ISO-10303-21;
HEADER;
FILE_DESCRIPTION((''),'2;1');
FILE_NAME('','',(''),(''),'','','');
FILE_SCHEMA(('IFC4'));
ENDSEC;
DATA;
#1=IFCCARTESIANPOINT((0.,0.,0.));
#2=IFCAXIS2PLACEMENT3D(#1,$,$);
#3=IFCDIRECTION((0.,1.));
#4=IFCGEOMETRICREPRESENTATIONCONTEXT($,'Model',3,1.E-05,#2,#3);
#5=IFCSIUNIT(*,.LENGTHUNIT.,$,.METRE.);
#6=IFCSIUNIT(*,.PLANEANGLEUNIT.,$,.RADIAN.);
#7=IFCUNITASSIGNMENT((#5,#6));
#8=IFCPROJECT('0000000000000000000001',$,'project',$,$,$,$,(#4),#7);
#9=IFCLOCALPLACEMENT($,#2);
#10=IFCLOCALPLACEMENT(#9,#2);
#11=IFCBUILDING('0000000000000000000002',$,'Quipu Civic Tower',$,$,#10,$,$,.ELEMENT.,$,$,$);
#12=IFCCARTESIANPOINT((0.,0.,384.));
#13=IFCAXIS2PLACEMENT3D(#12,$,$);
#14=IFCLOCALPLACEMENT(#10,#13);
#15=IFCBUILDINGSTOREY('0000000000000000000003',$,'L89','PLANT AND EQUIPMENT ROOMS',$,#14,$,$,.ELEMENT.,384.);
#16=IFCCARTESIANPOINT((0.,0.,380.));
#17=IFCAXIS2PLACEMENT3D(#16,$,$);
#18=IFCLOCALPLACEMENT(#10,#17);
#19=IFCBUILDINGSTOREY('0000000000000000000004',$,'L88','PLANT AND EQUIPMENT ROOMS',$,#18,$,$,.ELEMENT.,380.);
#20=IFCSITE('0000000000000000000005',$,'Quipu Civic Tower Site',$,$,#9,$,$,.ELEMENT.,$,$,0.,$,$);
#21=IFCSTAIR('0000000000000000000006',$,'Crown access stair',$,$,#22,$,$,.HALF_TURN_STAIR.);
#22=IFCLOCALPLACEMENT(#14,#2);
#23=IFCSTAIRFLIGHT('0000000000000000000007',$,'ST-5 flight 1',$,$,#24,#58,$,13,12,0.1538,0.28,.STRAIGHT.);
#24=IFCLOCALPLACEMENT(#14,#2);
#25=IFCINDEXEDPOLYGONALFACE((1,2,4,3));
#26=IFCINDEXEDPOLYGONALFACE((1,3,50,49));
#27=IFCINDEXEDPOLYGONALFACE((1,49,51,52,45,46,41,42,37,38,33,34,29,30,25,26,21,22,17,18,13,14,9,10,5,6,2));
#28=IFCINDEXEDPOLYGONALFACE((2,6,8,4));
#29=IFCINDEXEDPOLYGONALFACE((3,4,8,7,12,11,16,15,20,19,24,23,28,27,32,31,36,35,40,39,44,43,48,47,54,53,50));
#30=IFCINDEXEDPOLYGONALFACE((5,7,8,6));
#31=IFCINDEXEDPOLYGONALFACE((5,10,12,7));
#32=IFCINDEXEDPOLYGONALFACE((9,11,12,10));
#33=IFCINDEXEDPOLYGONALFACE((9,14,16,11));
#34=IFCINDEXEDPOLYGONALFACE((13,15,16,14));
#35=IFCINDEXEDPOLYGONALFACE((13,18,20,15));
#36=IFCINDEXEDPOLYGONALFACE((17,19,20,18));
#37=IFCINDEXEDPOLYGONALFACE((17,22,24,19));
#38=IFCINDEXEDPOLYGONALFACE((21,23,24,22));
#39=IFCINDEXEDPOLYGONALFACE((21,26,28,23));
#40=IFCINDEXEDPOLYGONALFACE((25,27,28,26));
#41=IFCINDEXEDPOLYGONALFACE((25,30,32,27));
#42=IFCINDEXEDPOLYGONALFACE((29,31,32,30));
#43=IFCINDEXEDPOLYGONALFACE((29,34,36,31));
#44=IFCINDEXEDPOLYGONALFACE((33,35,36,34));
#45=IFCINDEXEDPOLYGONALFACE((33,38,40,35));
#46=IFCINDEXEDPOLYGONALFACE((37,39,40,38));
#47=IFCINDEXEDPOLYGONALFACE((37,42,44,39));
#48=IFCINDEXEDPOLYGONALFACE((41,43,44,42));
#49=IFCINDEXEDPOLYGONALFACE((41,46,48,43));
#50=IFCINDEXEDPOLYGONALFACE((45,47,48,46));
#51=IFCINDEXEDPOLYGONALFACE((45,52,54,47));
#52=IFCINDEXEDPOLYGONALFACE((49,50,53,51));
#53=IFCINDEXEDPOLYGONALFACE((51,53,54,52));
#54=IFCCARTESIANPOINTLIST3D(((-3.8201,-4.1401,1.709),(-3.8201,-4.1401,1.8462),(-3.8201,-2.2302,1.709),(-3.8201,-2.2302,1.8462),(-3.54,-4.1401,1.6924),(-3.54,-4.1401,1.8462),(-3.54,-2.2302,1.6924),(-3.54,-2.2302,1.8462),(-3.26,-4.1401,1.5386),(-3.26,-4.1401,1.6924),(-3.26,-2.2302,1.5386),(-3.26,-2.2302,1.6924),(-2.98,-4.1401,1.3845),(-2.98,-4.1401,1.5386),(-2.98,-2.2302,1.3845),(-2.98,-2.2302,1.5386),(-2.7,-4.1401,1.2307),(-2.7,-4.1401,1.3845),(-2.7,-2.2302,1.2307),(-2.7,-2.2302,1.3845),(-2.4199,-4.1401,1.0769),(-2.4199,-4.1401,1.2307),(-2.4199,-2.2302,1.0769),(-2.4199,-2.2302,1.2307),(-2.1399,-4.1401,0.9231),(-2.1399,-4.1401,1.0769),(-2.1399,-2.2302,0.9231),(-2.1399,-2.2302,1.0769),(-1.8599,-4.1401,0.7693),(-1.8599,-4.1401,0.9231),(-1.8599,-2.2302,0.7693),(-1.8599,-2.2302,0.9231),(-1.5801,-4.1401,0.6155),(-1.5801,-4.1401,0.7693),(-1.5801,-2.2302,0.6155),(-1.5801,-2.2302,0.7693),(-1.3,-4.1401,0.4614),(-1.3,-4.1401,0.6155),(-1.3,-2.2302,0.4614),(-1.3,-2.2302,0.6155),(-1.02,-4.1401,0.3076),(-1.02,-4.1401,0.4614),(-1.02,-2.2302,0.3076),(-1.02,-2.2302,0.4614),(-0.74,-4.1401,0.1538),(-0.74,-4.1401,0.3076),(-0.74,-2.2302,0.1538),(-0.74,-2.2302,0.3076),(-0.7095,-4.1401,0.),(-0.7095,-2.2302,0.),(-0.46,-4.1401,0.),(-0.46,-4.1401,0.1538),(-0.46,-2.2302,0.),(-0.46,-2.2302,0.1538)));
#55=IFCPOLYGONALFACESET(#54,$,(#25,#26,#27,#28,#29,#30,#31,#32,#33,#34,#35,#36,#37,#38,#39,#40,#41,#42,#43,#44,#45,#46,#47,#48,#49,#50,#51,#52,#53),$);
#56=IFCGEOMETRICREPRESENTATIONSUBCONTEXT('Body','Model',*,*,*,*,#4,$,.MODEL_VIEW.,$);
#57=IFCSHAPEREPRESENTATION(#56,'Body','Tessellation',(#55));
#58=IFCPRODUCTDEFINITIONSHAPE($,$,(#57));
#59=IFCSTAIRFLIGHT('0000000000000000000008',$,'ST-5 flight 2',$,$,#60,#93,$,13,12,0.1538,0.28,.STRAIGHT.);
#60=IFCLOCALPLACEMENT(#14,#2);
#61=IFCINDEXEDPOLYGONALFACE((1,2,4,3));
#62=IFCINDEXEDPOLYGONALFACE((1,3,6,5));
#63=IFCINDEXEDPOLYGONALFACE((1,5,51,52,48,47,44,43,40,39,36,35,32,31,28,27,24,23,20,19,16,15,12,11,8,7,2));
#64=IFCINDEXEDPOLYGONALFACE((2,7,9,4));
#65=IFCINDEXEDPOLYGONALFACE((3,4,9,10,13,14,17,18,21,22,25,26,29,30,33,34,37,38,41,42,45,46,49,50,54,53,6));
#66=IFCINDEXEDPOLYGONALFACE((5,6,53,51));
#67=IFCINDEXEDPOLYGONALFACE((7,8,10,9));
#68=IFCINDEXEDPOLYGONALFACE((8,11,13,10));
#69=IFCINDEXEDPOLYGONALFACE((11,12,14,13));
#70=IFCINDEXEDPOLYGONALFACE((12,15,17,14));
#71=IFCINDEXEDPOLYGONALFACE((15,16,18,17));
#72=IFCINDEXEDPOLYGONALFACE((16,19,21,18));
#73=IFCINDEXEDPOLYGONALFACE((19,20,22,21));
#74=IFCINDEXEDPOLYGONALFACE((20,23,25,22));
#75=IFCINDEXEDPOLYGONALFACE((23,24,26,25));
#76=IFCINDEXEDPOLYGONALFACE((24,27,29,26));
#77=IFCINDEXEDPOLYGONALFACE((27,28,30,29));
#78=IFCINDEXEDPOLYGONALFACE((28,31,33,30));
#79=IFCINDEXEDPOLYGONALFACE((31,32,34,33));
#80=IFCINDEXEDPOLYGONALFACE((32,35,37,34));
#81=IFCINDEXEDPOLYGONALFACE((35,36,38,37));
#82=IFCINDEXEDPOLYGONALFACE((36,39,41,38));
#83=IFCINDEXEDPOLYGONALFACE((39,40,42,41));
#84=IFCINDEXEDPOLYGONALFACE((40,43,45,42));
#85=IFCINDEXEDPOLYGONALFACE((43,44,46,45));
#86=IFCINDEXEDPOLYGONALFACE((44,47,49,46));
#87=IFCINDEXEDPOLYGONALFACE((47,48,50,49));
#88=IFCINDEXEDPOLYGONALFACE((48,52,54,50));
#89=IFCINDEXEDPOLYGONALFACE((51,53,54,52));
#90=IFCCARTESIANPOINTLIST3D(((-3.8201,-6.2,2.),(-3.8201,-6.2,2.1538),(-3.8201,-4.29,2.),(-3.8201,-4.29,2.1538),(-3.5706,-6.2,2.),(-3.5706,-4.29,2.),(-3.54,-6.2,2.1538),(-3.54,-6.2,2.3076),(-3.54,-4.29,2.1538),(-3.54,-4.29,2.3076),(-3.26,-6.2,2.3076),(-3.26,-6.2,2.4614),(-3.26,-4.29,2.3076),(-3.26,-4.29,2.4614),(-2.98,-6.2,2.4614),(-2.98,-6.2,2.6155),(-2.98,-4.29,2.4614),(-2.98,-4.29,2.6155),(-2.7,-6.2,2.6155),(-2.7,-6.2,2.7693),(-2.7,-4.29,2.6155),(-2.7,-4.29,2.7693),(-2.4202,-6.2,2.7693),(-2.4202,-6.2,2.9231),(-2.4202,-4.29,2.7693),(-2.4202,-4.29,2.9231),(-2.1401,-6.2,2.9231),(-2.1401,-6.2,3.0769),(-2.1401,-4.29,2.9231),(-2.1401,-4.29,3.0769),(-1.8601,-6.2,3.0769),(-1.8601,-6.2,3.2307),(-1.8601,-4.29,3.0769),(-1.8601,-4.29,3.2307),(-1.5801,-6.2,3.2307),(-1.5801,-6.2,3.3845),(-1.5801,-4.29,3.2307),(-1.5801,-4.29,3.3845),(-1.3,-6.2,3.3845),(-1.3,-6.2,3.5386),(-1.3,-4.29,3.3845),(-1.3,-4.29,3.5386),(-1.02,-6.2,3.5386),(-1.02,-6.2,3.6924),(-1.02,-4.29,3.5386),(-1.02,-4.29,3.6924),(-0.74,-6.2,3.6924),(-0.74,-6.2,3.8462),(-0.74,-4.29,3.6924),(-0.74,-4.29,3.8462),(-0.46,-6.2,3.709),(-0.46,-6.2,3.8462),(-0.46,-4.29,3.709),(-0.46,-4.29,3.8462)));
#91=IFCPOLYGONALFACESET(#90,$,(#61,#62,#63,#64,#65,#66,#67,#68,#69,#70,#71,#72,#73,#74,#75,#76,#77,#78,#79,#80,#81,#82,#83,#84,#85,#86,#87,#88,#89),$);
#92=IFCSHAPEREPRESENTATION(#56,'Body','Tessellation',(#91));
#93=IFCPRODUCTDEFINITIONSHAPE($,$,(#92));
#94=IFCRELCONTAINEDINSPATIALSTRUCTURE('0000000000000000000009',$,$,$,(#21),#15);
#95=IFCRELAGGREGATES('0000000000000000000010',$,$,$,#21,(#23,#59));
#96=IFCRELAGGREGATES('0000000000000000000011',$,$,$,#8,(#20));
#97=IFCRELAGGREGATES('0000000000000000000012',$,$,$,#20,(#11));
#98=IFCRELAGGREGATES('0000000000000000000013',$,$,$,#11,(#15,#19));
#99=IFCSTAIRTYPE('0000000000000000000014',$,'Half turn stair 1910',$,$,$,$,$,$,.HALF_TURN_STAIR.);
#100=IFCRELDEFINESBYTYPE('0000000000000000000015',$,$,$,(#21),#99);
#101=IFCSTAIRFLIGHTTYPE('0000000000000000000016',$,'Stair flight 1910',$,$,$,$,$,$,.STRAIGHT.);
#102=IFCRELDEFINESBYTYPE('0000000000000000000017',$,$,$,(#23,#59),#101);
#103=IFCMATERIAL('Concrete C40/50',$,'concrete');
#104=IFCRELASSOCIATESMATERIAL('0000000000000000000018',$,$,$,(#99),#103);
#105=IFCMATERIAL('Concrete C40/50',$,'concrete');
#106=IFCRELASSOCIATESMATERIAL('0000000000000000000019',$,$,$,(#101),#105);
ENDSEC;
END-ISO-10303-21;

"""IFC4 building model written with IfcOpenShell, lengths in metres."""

from ifc_helpers import new_model, si_unit, direction, frame, origin, place, context, subcontext, project, spatial, polyline, outline, extrude, material, type_object, element, aggregate, save


model = new_model("IFC4")

# Units and contexts
model_context = context("Model", 3, precision=1e-05, world=origin(), true_north=direction((0.0, 1.0)))
body_context = subcontext(model_context, "Body", "Model", "MODEL_VIEW")
ifc_project = project(units=[si_unit("LENGTHUNIT", "METRE"), si_unit("PLANEANGLEUNIT", "RADIAN")], contexts=[model_context])

# Site, building, storey
site_placement = place(None, origin())
site = spatial("IfcSite", under=ifc_project, at=site_placement, Name="Quipu Civic Tower Site", CompositionType="ELEMENT", RefElevation=0.0)
building_placement = place(site_placement, origin())
building = spatial("IfcBuilding", under=site, at=building_placement, Name="Quipu Civic Tower", CompositionType="ELEMENT")
storey_1_placement = place(building_placement, frame((0.0, 0.0, 384.0)))
storey_1 = spatial("IfcBuildingStorey", under=building, at=storey_1_placement, Name="L89", Description="PLANT AND EQUIPMENT ROOMS", CompositionType="ELEMENT", Elevation=384.0)

# Shared definitions
storey_2_placement = place(building_placement, frame((0.0, 0.0, 380.0)))
storey_2 = spatial("IfcBuildingStorey", under=building, at=storey_2_placement, Name="L88", Description="PLANT AND EQUIPMENT ROOMS", CompositionType="ELEMENT", Elevation=380.0)

# Stair, stair flights
ifc_material_1 = material(Name="Concrete C40/50", Category="concrete")
stair_type = type_object("IfcStairType", Name="Half turn stair 1910", PredefinedType="HALF_TURN_STAIR", material=ifc_material_1)
stair_placement = place(storey_1_placement, origin())
stair = element("IfcStair", 1, at=stair_placement, inside=storey_1, type_object=stair_type, Name="Crown access stair", PredefinedType="HALF_TURN_STAIR")
ifc_material_2 = material(Name="Concrete C40/50", Category="concrete")
stair_flight_type = type_object("IfcStairFlightType", Name="Stair flight 1910", PredefinedType="STRAIGHT", material=ifc_material_2)
stair_flight_1_placement = place(storey_1_placement, frame((-0.46, -3.1851, 0.0), z_axis=(0.0, 0.0, 1.0), x_axis=(-1.0, 0.0, 0.0)))
stair_flight_1 = element("IfcStairFlight", 2, at=stair_flight_1_placement, type_object=stair_flight_type, Name="ST-5 flight 1", NumberOfRisers=13, NumberOfTreads=12, PredefinedType="STRAIGHT", RiserHeight=0.1538, TreadLength=0.28, context=body_context, shape_type="SweptSolid", body=[
    extrude(outline(polyline([(0.0, 0.0), (0.0, 0.1538), (0.28, 0.1538), (0.28, 0.3076), (0.5601, 0.3076), (0.5601, 0.4614), (0.8401, 0.4614), (0.8401, 0.6155), (1.1201, 0.6155), (1.1201, 0.7693), (1.3999, 0.7693), (1.3999, 0.9231), (1.6799, 0.9231), (1.6799, 1.0769), (1.96, 1.0769), (1.96, 1.2307), (2.24, 1.2307), (2.24, 1.3845), (2.52, 1.3845), (2.52, 1.5386), (2.8, 1.5386), (2.8, 1.6924), (3.0801, 1.6924), (3.0801, 1.8462), (3.3601, 1.8462), (3.3601, 2.0), (3.3601, 1.709), (0.2495, 0.0), (0.0, 0.0)])), frame((0.0, 0.9551, 0.0), z_axis=(0.0, -1.0, 0.0), x_axis=(1.0, 0.0, 0.0)), (0.0, 0.0, 1.0), 1.9099),
])
stair_flight_2_placement = place(storey_1_placement, frame((-3.8201, -5.2451, 2.0), z_axis=(0.0, 0.0, 1.0), x_axis=(1.0, 0.0, 0.0)))
stair_flight_2 = element("IfcStairFlight", 3, at=stair_flight_2_placement, type_object=stair_flight_type, Name="ST-5 flight 2", NumberOfRisers=13, NumberOfTreads=12, PredefinedType="STRAIGHT", RiserHeight=0.1538, TreadLength=0.28, context=body_context, shape_type="SweptSolid", body=[
    extrude(outline(polyline([(0.0, 0.0), (0.0, 0.1538), (0.28, 0.1538), (0.28, 0.3076), (0.5601, 0.3076), (0.5601, 0.4614), (0.8401, 0.4614), (0.8401, 0.6155), (1.1201, 0.6155), (1.1201, 0.7693), (1.3999, 0.7693), (1.3999, 0.9231), (1.6799, 0.9231), (1.6799, 1.0769), (1.96, 1.0769), (1.96, 1.2307), (2.24, 1.2307), (2.24, 1.3845), (2.52, 1.3845), (2.52, 1.5386), (2.8, 1.5386), (2.8, 1.6924), (3.0801, 1.6924), (3.0801, 1.8462), (3.3601, 1.8462), (3.3601, 2.0), (3.3601, 1.709), (0.2495, 0.0), (0.0, 0.0)])), frame((0.0, 0.9551, 0.0), z_axis=(0.0, -1.0, 0.0), x_axis=(1.0, 0.0, 0.0)), (0.0, 0.0, 1.0), 1.9099),
])
aggregate(stair, [stair_flight_1, stair_flight_2])

save(model, "model.ifc")
